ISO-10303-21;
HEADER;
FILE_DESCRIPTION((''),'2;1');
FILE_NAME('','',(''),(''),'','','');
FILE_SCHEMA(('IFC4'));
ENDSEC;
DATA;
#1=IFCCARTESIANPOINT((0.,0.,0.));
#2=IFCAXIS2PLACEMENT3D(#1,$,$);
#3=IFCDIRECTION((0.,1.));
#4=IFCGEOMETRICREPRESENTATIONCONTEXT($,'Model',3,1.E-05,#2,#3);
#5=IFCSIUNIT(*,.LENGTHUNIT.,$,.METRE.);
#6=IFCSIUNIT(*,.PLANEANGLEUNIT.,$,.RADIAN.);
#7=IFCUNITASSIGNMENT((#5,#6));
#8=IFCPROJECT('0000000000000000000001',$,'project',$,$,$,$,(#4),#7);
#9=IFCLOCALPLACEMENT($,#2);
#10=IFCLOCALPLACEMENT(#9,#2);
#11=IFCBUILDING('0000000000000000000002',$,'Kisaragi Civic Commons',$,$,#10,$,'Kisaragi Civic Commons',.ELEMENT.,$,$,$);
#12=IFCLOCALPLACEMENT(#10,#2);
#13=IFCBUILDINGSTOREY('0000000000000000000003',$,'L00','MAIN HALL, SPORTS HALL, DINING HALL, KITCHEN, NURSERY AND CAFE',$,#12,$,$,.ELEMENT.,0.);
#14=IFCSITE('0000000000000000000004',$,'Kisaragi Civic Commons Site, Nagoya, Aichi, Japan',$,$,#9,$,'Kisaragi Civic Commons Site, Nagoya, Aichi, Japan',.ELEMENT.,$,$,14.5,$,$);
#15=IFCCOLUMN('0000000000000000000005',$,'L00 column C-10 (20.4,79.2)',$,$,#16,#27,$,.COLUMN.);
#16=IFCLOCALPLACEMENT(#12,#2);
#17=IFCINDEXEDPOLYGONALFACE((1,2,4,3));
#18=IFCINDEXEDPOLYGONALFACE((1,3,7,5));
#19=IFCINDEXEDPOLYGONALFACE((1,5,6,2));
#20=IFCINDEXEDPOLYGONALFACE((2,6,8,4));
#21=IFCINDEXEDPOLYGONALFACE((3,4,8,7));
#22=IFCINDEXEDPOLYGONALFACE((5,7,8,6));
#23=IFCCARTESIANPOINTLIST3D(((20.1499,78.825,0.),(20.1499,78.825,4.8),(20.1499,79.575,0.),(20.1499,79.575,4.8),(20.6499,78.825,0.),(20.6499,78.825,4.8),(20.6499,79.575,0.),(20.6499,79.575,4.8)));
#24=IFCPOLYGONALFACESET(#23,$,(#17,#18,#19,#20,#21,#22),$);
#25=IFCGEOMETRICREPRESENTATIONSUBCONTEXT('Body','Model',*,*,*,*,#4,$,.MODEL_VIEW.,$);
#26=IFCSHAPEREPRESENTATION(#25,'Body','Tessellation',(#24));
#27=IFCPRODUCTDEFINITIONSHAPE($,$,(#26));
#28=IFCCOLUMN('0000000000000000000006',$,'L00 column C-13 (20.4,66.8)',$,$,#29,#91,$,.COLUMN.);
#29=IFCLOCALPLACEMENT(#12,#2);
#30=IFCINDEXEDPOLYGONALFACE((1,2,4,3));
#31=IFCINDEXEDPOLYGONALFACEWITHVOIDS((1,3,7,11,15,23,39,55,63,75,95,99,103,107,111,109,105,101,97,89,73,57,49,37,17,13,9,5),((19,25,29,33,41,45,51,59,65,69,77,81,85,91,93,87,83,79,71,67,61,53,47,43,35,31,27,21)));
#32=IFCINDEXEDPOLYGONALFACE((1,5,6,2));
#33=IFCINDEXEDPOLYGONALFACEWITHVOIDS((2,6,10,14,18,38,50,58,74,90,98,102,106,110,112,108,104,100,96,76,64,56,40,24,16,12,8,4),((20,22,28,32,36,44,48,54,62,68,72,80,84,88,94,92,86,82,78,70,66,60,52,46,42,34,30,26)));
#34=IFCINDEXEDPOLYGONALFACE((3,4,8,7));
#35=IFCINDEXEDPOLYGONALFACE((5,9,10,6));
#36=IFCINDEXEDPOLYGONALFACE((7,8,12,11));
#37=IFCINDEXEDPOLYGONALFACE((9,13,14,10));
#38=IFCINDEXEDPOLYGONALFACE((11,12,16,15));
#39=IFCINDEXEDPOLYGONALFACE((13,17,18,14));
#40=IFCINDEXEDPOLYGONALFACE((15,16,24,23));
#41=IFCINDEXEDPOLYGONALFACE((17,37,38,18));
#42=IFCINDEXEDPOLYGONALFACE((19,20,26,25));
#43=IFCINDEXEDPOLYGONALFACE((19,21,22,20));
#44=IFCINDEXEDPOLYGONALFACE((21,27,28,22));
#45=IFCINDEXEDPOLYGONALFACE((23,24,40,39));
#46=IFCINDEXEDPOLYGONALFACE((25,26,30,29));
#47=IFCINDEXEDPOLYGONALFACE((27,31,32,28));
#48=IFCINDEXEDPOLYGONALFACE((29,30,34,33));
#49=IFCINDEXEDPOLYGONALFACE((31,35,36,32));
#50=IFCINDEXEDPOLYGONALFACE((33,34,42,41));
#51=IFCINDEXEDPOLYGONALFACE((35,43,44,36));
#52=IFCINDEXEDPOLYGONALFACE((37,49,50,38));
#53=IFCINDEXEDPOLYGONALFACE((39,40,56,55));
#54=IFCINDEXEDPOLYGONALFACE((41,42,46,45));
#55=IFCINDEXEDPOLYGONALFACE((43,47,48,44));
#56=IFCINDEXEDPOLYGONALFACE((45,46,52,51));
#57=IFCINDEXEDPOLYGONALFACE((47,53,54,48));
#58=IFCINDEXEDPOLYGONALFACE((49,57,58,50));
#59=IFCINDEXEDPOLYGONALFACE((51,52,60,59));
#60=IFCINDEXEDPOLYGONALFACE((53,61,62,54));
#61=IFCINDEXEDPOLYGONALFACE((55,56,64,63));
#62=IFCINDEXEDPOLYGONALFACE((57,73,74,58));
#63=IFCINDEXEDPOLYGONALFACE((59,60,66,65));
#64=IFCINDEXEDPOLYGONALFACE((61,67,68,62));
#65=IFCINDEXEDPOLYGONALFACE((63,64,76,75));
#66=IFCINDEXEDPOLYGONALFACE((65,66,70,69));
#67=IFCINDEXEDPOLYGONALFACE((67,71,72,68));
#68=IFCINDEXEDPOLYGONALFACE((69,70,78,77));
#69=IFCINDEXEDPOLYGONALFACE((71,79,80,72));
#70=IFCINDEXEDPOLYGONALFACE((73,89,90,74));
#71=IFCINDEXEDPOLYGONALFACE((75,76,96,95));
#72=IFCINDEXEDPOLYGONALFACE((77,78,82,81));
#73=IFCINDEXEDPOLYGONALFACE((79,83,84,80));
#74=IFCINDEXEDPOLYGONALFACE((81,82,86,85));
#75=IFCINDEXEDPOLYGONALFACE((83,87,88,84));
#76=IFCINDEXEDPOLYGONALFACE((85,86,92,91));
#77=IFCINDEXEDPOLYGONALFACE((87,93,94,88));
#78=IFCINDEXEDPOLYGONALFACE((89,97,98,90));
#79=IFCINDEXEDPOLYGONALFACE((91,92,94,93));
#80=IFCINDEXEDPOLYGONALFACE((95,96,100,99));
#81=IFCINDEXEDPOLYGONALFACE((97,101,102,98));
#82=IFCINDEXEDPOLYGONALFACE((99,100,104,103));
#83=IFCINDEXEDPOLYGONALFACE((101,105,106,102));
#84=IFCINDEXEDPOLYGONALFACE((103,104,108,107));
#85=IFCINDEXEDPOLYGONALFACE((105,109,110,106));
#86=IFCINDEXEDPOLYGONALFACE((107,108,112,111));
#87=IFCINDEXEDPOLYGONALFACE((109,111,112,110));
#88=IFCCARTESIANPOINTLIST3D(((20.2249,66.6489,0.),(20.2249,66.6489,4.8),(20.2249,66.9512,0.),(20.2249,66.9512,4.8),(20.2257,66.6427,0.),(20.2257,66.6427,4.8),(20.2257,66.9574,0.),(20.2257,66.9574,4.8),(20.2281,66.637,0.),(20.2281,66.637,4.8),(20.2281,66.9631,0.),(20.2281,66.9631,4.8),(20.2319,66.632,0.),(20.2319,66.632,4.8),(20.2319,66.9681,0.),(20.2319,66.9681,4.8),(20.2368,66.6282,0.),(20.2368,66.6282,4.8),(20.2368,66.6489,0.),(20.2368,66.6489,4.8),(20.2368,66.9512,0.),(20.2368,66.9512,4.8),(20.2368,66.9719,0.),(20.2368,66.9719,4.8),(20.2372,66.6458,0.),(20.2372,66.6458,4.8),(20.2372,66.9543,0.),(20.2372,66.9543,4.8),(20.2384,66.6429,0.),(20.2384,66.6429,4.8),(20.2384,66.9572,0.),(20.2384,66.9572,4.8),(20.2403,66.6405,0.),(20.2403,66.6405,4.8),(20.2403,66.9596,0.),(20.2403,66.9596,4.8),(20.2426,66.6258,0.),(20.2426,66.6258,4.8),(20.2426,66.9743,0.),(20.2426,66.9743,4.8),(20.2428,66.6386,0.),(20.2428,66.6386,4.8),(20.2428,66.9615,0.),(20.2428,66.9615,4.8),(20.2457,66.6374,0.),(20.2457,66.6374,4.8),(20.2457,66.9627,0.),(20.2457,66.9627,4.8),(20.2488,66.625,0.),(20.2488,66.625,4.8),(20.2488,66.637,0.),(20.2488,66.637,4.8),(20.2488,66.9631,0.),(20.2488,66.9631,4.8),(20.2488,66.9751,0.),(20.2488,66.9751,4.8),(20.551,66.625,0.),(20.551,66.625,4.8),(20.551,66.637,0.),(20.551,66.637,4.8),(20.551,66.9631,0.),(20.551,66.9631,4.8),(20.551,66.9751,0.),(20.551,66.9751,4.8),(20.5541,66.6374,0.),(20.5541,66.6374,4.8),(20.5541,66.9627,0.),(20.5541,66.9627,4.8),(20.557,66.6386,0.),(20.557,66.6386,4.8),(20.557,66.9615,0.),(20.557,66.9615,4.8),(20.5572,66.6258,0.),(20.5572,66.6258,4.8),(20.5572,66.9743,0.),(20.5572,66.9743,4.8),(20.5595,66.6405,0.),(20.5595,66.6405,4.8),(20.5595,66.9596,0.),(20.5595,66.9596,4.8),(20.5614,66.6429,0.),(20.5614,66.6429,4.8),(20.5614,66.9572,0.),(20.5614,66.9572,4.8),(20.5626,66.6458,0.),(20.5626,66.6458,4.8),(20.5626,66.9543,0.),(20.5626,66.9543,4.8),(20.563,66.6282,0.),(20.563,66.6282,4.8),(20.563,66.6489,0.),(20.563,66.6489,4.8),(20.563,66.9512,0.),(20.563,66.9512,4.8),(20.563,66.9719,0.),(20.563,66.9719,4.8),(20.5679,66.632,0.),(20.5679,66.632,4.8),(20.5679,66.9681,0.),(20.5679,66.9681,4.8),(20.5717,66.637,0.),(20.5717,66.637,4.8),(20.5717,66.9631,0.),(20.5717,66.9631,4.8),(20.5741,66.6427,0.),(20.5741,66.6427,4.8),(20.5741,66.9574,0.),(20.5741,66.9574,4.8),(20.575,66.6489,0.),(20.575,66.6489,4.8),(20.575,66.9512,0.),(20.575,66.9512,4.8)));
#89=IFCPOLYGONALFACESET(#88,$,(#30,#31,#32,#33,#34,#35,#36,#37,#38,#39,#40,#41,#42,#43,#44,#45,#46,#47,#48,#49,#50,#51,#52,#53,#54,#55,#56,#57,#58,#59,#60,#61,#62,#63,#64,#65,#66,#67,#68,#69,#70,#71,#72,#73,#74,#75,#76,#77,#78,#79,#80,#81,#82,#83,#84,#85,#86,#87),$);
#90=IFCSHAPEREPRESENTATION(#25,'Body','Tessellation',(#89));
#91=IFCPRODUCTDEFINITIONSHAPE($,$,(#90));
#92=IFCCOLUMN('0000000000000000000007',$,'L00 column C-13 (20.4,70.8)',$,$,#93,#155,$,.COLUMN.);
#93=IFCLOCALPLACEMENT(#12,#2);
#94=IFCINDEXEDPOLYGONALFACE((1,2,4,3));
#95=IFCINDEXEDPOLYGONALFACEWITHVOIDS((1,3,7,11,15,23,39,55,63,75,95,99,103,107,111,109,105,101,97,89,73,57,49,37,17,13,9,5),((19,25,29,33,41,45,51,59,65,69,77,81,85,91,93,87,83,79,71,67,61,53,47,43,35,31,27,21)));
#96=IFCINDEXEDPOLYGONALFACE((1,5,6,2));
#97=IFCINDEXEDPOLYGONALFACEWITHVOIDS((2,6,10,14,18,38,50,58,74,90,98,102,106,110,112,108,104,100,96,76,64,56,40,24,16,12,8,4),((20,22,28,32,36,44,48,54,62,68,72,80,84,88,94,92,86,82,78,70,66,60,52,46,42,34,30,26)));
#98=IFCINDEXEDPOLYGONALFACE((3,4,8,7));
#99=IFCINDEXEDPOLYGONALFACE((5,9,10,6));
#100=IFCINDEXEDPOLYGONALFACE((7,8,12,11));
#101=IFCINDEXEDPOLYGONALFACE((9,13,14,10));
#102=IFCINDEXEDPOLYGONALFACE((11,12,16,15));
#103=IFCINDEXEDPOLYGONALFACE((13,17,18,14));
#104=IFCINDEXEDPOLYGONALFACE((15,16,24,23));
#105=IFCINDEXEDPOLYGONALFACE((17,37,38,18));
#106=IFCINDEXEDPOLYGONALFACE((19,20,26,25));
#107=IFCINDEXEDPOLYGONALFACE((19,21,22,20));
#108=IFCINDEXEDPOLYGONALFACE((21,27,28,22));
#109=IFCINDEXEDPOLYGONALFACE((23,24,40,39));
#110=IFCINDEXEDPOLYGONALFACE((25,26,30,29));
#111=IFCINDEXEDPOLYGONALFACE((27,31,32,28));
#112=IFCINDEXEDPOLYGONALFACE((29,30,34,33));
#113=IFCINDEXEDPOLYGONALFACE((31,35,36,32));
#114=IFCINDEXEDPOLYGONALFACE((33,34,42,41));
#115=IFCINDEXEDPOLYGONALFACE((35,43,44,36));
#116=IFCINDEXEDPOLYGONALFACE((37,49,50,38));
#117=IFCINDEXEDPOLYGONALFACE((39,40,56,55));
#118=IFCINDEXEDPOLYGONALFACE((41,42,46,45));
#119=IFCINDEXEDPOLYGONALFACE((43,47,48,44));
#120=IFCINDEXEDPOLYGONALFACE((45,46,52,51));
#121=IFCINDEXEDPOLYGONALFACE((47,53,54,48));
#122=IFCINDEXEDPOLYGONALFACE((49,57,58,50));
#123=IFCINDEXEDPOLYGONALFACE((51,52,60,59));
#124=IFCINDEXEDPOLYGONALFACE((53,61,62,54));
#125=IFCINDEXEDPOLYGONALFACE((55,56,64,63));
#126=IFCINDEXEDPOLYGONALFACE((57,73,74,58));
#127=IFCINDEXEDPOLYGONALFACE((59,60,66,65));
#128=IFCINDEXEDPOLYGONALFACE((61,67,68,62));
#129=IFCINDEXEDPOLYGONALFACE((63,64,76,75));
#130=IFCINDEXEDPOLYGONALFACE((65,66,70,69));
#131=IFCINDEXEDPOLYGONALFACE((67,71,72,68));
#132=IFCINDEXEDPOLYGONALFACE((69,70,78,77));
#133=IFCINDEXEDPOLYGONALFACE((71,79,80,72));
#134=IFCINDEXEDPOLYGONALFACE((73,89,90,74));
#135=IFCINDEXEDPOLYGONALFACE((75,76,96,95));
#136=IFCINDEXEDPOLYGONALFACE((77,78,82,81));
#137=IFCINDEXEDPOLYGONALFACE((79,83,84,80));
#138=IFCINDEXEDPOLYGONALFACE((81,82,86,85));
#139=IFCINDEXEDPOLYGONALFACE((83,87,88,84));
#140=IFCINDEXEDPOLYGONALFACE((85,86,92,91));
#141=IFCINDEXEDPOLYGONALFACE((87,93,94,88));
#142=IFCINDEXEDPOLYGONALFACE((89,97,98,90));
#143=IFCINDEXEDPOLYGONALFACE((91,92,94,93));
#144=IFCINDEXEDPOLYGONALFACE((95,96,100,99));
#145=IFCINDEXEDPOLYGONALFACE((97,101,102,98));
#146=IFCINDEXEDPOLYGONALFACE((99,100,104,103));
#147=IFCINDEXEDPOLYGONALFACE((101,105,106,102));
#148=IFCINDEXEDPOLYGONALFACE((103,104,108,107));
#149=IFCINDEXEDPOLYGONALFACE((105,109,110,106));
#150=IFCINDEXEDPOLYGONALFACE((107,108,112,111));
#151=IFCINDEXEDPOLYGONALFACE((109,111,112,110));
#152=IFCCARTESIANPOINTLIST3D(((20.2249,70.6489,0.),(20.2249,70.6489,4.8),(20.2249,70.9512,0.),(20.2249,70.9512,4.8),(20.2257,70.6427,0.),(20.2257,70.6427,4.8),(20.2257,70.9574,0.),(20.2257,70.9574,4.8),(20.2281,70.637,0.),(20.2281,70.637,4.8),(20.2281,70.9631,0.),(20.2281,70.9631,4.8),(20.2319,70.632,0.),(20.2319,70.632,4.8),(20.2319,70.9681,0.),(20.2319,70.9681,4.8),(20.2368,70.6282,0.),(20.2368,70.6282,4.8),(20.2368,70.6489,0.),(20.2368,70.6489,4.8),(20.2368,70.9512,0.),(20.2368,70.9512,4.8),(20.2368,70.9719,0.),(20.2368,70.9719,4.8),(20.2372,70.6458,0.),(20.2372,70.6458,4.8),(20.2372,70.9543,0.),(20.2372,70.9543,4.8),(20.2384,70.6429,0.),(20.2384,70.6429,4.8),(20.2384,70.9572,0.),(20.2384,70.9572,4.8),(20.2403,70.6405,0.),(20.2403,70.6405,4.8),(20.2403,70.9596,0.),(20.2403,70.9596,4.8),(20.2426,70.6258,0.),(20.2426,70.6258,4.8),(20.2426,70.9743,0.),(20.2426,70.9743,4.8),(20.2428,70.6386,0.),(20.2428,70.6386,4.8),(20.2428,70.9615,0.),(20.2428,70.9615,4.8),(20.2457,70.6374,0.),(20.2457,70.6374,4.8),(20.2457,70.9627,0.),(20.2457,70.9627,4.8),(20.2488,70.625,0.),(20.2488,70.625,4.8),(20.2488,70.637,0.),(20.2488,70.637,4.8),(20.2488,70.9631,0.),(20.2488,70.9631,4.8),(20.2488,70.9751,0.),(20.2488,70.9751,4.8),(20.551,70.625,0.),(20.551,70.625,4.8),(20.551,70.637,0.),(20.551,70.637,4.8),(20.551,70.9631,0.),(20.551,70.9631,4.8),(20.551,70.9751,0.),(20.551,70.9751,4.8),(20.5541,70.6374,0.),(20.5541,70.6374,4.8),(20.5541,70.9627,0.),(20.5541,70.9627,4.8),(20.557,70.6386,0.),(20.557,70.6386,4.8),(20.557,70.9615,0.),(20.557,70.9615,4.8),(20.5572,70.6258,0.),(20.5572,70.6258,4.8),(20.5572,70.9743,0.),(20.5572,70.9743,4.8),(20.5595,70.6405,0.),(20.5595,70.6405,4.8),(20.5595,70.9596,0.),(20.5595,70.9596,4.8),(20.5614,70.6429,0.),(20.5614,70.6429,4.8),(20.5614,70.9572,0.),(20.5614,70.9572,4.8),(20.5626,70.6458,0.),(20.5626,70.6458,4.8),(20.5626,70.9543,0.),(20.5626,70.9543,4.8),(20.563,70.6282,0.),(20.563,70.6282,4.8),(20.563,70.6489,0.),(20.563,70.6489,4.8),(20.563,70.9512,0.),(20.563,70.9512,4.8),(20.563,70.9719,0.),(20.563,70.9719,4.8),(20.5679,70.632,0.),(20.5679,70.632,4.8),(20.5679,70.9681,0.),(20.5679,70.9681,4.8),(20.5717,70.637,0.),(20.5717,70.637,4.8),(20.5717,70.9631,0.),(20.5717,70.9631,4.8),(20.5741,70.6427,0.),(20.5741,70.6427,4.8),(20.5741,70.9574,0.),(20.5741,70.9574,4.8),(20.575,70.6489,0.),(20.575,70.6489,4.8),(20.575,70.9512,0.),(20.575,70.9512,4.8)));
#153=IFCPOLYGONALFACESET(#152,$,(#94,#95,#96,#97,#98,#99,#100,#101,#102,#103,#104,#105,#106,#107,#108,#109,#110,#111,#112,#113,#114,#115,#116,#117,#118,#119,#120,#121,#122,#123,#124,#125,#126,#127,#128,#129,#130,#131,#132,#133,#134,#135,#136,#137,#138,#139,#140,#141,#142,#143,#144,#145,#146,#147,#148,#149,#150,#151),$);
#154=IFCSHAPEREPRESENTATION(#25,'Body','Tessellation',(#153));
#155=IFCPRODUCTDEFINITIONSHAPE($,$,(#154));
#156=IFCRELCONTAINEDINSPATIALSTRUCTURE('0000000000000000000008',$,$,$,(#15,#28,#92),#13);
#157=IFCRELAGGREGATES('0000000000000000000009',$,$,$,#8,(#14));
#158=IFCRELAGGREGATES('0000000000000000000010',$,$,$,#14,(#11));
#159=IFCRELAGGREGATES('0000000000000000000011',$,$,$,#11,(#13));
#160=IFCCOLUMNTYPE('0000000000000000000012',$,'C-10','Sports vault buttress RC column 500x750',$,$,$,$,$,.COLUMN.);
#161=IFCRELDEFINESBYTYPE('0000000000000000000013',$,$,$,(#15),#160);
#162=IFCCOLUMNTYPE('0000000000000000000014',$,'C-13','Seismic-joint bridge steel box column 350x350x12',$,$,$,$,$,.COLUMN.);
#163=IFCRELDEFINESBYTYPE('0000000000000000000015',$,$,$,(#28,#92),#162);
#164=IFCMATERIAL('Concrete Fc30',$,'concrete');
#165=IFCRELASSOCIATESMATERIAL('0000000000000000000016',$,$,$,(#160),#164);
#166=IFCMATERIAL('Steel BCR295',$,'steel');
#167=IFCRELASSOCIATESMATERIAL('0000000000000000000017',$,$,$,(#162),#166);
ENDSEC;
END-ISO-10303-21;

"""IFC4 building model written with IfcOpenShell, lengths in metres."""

from ifc_helpers import new_model, si_unit, direction, frame, origin, origin_2d, place, context, subcontext, project, spatial, rectangle, hollow_rectangle, extrude, material, material_profile, profile_set, type_object, element, save


model = new_model("IFC4")

# Units and contexts
model_context = context("Model", 3, precision=1e-05, world=origin(), true_north=direction((0.0, 1.0)))
body_context = subcontext(model_context, "Body", "Model", "MODEL_VIEW")
ifc_project = project(units=[si_unit("LENGTHUNIT", "METRE"), si_unit("PLANEANGLEUNIT", "RADIAN")], contexts=[model_context])

# Site, building, storey
site_placement = place(None, origin())
site = spatial("IfcSite", under=ifc_project, at=site_placement, Name="Kisaragi Civic Commons Site, Nagoya, Aichi, Japan", LongName="Kisaragi Civic Commons Site, Nagoya, Aichi, Japan", CompositionType="ELEMENT", RefElevation=14.5)
building_placement = place(site_placement, origin())
building = spatial("IfcBuilding", under=site, at=building_placement, Name="Kisaragi Civic Commons", LongName="Kisaragi Civic Commons", CompositionType="ELEMENT")
storey_placement = place(building_placement, origin())
storey = spatial("IfcBuildingStorey", under=building, at=storey_placement, Name="L00", Description="MAIN HALL, SPORTS HALL, DINING HALL, KITCHEN, NURSERY AND CAFE", CompositionType="ELEMENT", Elevation=0.0)

# Columns
ifc_material_1 = material(Name="Concrete Fc30", Category="concrete")
ifc_material_profile_1 = material_profile(ifc_material_1, rectangle(XDim=0.5, YDim=0.75, at=origin_2d()), Name="RC-500x750", Category="concrete")
ifc_profile_set_1 = profile_set([ifc_material_profile_1], Name="Concrete Fc30")
column_type_1 = type_object("IfcColumnType", Name="C-10", Description="Sports vault buttress RC column 500x750", PredefinedType="COLUMN", material=ifc_profile_set_1)
column_placement = place(storey_placement, frame((20.3999, 79.2, 0.0), z_axis=(0.0, 0.0, 1.0), x_axis=(1.0, 0.0, 0.0)))
element("IfcColumn", 1, at=column_placement, inside=storey, type_object=column_type_1, Name="L00 column C-10 (20.4,79.2)", PredefinedType="COLUMN", context=body_context, shape_type="SweptSolid", body=[
    extrude(rectangle(XDim=0.5, YDim=0.75, at=origin_2d()), origin(), (0.0, 0.0, 1.0), 4.8),
])
ifc_material_2 = material(Name="Steel BCR295", Category="steel")
ifc_material_profile_2 = material_profile(ifc_material_2, hollow_rectangle(XDim=0.3501, YDim=0.3501, WallThickness=0.012, InnerFilletRadius=0.012, OuterFilletRadius=0.0239, at=origin_2d()), Name="BCR-350x350x12", Category="steel")
ifc_profile_set_2 = profile_set([ifc_material_profile_2], Name="Steel BCR295")
column_type_2 = type_object("IfcColumnType", Name="C-13", Description="Seismic-joint bridge steel box column 350x350x12", PredefinedType="COLUMN", material=ifc_profile_set_2)
for number, where, z_axis, x_axis, name in (
    (2, (20.3999, 66.8, 0.0), (0.0, 0.0, 1.0), (1.0, 0.0, 0.0), "L00 column C-13 (20.4,66.8)"),
    (3, (20.3999, 70.8, 0.0), (0.0, 0.0, 1.0), (1.0, 0.0, 0.0), "L00 column C-13 (20.4,70.8)"),
):
    element("IfcColumn", number, at=place(storey_placement, frame(where, z_axis=z_axis, x_axis=x_axis)), inside=storey, type_object=column_type_2, Name=name, PredefinedType="COLUMN", context=body_context, shape_type="SweptSolid", body=[
        extrude(hollow_rectangle(XDim=0.3501, YDim=0.3501, WallThickness=0.012, InnerFilletRadius=0.012, OuterFilletRadius=0.0239, at=origin_2d()), origin(), (0.0, 0.0, 1.0), 4.8),
    ])

save(model, "model.ifc")
